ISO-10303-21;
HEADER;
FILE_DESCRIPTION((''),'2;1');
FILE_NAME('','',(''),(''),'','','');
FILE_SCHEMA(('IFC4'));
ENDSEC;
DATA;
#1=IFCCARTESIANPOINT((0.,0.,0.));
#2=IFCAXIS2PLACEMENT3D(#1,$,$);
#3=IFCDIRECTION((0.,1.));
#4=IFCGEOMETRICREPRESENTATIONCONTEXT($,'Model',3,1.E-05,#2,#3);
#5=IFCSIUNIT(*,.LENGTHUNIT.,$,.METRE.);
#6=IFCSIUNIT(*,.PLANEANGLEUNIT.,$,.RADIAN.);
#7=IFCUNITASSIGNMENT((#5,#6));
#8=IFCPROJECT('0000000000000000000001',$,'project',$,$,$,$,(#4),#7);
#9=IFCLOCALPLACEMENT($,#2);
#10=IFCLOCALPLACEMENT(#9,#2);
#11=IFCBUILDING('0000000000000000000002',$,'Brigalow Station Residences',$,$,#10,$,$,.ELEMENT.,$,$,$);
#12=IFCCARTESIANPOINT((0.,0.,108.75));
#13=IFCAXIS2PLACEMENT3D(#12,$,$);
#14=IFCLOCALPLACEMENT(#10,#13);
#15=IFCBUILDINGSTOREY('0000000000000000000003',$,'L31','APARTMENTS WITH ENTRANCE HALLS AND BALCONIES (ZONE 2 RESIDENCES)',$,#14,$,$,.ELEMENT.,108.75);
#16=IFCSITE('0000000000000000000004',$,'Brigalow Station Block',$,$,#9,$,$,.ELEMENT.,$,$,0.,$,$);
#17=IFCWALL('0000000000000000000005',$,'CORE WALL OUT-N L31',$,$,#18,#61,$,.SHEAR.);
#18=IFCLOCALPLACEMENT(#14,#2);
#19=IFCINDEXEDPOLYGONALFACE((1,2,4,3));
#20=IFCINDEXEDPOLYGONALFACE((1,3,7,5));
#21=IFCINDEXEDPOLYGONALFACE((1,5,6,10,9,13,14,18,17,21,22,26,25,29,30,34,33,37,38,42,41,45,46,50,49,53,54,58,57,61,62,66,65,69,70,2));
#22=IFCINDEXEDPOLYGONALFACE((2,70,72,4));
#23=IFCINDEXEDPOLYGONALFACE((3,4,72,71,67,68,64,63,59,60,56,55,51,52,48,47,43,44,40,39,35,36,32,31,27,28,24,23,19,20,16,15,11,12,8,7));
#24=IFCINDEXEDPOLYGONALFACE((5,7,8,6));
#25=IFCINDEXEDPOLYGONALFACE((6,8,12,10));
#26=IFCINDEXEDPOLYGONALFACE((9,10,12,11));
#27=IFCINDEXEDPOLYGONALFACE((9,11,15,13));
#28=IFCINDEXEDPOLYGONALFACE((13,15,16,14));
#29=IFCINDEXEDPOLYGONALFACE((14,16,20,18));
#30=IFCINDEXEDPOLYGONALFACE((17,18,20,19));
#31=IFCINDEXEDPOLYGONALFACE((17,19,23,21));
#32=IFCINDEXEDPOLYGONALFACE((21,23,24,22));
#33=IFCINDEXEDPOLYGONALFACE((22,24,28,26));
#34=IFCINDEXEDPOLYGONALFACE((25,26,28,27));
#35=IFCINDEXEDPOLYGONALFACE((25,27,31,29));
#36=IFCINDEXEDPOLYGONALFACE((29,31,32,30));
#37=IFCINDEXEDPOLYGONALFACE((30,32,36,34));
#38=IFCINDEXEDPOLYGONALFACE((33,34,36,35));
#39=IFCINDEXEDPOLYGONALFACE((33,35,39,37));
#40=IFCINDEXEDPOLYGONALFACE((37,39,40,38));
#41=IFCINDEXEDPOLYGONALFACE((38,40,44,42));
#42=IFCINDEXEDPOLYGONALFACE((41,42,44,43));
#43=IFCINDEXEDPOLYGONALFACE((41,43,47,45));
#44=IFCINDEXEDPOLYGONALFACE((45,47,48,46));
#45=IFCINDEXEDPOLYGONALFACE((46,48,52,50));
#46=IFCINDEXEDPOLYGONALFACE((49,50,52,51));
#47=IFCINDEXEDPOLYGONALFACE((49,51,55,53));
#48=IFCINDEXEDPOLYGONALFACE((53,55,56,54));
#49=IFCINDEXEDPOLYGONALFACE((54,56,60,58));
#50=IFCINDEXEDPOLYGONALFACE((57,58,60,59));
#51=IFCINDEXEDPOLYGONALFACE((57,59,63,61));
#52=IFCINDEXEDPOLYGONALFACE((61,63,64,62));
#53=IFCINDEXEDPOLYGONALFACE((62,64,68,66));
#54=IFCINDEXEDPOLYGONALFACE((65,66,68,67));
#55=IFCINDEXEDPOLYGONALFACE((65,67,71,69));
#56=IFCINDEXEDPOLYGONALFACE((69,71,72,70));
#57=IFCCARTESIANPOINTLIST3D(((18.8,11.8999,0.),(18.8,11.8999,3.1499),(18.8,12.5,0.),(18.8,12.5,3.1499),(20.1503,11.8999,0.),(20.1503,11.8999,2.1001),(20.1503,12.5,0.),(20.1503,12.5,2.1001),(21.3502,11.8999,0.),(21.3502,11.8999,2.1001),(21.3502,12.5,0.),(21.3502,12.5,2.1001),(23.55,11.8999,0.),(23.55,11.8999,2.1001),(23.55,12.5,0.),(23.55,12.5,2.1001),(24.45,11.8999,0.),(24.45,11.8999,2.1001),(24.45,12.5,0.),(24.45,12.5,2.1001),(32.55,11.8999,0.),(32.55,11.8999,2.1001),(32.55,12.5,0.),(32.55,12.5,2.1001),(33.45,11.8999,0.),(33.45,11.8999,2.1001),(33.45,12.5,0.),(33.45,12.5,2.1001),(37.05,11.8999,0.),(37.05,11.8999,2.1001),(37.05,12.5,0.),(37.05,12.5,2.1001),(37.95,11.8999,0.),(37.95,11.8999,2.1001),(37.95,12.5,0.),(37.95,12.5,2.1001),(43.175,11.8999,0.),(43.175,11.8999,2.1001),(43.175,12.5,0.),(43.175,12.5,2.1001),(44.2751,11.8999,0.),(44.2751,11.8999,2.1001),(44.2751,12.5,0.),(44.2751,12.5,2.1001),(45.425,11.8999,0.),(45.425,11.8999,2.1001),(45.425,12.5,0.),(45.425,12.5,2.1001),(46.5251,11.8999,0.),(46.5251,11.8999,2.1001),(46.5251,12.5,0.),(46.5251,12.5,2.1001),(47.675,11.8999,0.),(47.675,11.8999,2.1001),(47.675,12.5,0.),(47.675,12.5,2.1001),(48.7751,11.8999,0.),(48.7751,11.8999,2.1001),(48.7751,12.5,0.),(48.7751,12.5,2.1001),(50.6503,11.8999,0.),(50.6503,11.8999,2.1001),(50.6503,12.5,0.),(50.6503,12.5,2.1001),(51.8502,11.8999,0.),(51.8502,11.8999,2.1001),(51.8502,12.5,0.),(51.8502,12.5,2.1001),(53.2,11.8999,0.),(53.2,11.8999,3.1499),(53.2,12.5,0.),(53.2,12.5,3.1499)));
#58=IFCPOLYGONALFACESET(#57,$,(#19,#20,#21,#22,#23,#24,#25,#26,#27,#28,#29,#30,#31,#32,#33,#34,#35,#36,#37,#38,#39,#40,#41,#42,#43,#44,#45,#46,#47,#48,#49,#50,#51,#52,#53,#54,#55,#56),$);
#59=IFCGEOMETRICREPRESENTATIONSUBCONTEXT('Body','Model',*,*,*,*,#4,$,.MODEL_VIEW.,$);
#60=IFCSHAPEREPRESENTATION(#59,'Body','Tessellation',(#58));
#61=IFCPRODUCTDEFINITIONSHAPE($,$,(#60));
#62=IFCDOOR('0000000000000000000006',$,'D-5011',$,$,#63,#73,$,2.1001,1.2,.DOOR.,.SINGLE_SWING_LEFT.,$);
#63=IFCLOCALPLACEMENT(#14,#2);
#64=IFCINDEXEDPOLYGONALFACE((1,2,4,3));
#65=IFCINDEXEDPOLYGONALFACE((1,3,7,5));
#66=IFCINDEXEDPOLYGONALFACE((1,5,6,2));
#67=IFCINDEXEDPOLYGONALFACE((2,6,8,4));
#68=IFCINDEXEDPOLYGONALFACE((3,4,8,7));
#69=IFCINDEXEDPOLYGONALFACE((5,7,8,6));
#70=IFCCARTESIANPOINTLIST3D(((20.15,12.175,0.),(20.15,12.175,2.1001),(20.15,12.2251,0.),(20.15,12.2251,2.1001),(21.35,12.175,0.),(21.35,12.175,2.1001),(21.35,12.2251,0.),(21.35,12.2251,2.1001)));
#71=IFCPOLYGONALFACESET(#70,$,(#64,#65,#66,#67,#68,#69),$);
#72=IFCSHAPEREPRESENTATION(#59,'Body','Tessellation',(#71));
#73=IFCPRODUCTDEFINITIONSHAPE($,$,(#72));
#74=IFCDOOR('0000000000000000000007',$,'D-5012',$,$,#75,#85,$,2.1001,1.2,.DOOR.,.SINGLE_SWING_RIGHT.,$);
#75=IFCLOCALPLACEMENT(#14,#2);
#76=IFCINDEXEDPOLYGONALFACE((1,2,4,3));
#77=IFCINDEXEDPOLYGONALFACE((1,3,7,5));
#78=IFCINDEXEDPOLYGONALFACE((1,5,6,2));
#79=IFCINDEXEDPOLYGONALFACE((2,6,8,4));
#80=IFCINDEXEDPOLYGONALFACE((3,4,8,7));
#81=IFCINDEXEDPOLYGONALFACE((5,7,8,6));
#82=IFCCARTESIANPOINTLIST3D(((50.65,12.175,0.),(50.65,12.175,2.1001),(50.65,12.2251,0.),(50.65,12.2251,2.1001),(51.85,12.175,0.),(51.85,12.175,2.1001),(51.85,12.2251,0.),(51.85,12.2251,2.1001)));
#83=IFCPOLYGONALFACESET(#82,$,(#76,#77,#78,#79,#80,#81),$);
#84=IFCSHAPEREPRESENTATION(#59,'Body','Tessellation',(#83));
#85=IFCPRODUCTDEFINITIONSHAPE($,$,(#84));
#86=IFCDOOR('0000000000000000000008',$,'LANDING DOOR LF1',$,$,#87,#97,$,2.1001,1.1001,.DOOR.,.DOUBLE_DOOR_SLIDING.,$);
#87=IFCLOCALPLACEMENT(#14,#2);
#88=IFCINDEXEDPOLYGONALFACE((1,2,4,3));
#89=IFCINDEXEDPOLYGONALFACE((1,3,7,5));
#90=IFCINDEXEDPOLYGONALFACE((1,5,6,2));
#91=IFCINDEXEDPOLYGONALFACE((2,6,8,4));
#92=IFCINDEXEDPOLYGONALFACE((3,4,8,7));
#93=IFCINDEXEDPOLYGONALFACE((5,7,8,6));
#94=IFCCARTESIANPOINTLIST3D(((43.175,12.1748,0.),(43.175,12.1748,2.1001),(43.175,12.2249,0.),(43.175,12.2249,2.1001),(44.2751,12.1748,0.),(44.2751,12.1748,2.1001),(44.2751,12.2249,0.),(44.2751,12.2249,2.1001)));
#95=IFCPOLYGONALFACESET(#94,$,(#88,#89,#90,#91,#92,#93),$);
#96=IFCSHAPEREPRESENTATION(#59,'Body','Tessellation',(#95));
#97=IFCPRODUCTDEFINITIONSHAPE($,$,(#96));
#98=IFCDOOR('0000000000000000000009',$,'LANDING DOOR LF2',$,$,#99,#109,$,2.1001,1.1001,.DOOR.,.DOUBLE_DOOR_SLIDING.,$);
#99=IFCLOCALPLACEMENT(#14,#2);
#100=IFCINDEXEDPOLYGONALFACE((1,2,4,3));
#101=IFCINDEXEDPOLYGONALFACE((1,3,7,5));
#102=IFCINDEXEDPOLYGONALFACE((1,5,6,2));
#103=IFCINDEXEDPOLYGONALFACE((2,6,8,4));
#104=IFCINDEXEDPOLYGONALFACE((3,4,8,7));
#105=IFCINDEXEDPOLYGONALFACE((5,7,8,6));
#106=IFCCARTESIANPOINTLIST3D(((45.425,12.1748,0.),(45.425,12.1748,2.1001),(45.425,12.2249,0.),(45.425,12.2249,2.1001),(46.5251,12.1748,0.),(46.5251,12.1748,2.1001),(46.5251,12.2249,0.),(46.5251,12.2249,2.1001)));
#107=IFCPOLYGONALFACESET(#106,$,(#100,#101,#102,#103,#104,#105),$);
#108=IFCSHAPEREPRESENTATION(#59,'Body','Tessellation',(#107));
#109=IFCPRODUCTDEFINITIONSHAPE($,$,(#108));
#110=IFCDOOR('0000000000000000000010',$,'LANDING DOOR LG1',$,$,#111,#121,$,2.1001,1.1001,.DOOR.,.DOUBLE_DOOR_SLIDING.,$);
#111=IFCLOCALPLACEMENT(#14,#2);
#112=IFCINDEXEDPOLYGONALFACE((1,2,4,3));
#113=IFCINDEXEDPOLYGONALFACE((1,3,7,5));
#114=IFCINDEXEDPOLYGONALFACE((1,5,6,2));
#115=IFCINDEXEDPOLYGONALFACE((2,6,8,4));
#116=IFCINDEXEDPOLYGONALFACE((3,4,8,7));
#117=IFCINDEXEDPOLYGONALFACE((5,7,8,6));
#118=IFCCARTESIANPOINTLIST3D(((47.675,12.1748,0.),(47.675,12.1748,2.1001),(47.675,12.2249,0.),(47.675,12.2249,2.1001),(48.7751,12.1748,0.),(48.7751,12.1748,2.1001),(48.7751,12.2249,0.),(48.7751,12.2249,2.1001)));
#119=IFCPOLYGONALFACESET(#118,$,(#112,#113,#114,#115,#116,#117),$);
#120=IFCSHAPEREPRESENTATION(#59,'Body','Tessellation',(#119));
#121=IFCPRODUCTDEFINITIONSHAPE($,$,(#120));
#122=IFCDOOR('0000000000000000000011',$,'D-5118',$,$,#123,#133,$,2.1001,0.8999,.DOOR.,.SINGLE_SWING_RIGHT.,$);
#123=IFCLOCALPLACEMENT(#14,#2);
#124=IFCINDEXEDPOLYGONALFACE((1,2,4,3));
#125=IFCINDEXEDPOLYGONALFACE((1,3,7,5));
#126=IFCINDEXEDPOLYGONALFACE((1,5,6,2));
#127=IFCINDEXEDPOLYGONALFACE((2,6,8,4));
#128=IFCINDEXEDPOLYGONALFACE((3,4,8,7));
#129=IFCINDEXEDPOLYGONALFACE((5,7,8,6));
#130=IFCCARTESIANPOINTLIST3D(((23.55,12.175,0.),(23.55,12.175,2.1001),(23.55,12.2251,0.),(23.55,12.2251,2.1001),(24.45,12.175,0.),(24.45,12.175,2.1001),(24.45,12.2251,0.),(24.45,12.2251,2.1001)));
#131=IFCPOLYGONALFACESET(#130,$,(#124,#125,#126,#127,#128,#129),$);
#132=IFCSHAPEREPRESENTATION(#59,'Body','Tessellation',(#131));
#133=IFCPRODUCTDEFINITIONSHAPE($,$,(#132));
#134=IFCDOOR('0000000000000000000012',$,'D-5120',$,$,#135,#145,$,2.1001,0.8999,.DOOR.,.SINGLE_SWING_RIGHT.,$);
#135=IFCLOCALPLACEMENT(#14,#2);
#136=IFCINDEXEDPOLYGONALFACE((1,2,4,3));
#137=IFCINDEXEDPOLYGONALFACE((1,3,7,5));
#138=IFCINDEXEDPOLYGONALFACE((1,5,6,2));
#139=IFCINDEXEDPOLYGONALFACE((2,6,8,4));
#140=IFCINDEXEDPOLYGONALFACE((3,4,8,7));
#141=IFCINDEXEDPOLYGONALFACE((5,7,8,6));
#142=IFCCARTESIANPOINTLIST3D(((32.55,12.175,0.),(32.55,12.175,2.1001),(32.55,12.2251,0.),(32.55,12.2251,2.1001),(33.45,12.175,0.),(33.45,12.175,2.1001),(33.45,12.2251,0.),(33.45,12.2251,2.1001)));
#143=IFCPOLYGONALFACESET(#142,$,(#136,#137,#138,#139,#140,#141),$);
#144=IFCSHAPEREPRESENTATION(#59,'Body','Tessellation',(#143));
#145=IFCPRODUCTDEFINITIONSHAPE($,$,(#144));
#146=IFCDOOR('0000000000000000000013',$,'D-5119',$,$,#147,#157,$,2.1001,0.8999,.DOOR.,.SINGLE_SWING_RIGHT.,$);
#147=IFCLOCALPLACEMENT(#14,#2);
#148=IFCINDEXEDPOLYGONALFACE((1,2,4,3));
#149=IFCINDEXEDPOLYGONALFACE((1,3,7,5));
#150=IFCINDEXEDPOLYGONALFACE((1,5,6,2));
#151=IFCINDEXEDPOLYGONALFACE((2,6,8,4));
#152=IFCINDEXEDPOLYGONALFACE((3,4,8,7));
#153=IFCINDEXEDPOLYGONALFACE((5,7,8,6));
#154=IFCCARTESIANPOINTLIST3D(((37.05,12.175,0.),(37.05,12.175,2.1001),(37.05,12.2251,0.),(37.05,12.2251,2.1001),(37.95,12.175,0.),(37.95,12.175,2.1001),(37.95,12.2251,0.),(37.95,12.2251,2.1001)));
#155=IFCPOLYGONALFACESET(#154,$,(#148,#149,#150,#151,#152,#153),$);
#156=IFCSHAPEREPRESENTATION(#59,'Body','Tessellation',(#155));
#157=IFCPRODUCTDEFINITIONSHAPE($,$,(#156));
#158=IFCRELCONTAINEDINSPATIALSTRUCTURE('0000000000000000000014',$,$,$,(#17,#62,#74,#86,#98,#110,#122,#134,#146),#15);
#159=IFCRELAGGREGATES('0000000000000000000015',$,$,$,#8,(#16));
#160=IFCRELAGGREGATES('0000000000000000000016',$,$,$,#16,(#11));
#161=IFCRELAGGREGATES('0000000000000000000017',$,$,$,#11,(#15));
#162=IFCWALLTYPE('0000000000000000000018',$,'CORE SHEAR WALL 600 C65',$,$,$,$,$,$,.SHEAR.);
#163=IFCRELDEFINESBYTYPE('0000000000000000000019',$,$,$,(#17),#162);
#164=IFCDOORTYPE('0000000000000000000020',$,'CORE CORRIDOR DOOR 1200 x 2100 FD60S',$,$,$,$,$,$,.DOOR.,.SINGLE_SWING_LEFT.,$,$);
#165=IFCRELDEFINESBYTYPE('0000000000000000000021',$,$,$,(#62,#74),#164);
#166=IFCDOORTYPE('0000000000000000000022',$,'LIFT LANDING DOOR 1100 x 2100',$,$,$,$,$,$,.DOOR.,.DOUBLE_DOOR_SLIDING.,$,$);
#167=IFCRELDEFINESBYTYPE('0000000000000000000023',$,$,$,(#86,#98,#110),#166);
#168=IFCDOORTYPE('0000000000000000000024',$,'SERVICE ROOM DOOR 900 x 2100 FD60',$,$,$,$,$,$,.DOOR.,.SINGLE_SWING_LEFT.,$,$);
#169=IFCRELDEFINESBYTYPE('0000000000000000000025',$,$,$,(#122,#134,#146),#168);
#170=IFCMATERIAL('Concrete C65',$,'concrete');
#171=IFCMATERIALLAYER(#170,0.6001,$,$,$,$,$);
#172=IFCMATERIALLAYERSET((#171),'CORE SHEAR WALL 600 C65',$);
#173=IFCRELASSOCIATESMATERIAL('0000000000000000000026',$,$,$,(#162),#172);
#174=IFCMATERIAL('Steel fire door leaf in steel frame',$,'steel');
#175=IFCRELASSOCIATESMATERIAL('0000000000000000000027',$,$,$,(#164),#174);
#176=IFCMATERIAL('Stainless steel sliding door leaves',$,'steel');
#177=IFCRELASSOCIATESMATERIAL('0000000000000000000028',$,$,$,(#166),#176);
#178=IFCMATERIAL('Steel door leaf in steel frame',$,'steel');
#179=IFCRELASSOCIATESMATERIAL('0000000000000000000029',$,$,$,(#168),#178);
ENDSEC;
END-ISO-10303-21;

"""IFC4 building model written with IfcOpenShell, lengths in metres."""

from ifc_helpers import new_model, si_unit, direction, frame, frame_2d, origin, place, context, subcontext, project, spatial, rectangle, extrude, material, layer, layer_set, type_object, element, fill, save


model = new_model("IFC4")

# Units and contexts
model_context = context("Model", 3, precision=1e-05, world=origin(), true_north=direction((0.0, 1.0)))
body_context = subcontext(model_context, "Body", "Model", "MODEL_VIEW")
ifc_project = project(units=[si_unit("LENGTHUNIT", "METRE"), si_unit("PLANEANGLEUNIT", "RADIAN")], contexts=[model_context])

# Site, building, storey
site_placement = place(None, origin())
site = spatial("IfcSite", under=ifc_project, at=site_placement, Name="Brigalow Station Block", CompositionType="ELEMENT", RefElevation=0.0)
building_placement = place(site_placement, origin())
building = spatial("IfcBuilding", under=site, at=building_placement, Name="Brigalow Station Residences", CompositionType="ELEMENT")
storey_placement = place(building_placement, frame((0.0, 0.0, 108.75)))
storey = spatial("IfcBuildingStorey", under=building, at=storey_placement, Name="L31", Description="APARTMENTS WITH ENTRANCE HALLS AND BALCONIES (ZONE 2 RESIDENCES)", CompositionType="ELEMENT", Elevation=108.75)

# Wall, openings, doors
ifc_material_1 = material(Name="Concrete C65", Category="concrete")
ifc_layer_1 = layer(ifc_material_1, 0.6001)
ifc_layer_set_1 = layer_set([ifc_layer_1], Name="CORE SHEAR WALL 600 C65")
wall_type_1 = type_object("IfcWallType", Name="CORE SHEAR WALL 600 C65", PredefinedType="SHEAR", material=ifc_layer_set_1)
wall_1_placement = place(storey_placement, frame((18.8, 12.2, 0.0), z_axis=(0.0, 0.0, 1.0), x_axis=(1.0, 0.0, 0.0)))
wall_1 = element("IfcWall", 1, at=wall_1_placement, inside=storey, type_object=wall_type_1, Name="CORE WALL OUT-N L31", PredefinedType="SHEAR", context=body_context, shape_type="SweptSolid", body=[
    extrude(rectangle(XDim=34.3999, YDim=0.6001, at=frame_2d((17.2, 0.0))), origin(), (0.0, 0.0, 1.0), 3.1499),
])
opening_1_placement = place(wall_1_placement, frame((24.375, 0.0, 0.0)))
opening_1 = element("IfcOpeningElement", 2, at=opening_1_placement, cuts=wall_1, PredefinedType="OPENING", context=body_context, shape_type="SweptSolid", body=[
    extrude(rectangle(XDim=1.1001, YDim=2.1001, at=frame_2d((0.55, 1.05))), frame((0.0, 0.3101, 0.0), z_axis=(0.0, -1.0, 0.0), x_axis=(1.0, 0.0, 0.0)), (0.0, 0.0, 1.0), 0.6201),
])
opening_2_placement = place(wall_1_placement, frame((26.625, 0.0, 0.0)))
opening_2 = element("IfcOpeningElement", 3, at=opening_2_placement, cuts=wall_1, PredefinedType="OPENING", context=body_context, shape_type="SweptSolid", body=[
    extrude(rectangle(XDim=1.1001, YDim=2.1001, at=frame_2d((0.55, 1.05))), frame((0.0, 0.3101, 0.0), z_axis=(0.0, -1.0, 0.0), x_axis=(1.0, 0.0, 0.0)), (0.0, 0.0, 1.0), 0.6201),
])
opening_3_placement = place(wall_1_placement, frame((28.875, 0.0, 0.0)))
opening_3 = element("IfcOpeningElement", 4, at=opening_3_placement, cuts=wall_1, PredefinedType="OPENING", context=body_context, shape_type="SweptSolid", body=[
    extrude(rectangle(XDim=1.1001, YDim=2.1001, at=frame_2d((0.55, 1.05))), frame((0.0, 0.3101, 0.0), z_axis=(0.0, -1.0, 0.0), x_axis=(1.0, 0.0, 0.0)), (0.0, 0.0, 1.0), 0.6201),
])
opening_4_placement = place(wall_1_placement, frame((4.75, 0.0, 0.0)))
opening_4 = element("IfcOpeningElement", 5, at=opening_4_placement, cuts=wall_1, PredefinedType="OPENING", context=body_context, shape_type="SweptSolid", body=[
    extrude(rectangle(XDim=0.8999, YDim=2.1001, at=frame_2d((0.45, 1.05))), frame((0.0, 0.3101, 0.0), z_axis=(0.0, -1.0, 0.0), x_axis=(1.0, 0.0, 0.0)), (0.0, 0.0, 1.0), 0.6201),
])
opening_5_placement = place(wall_1_placement, frame((13.75, 0.0, 0.0)))
opening_5 = element("IfcOpeningElement", 6, at=opening_5_placement, cuts=wall_1, PredefinedType="OPENING", context=body_context, shape_type="SweptSolid", body=[
    extrude(rectangle(XDim=0.8999, YDim=2.1001, at=frame_2d((0.45, 1.05))), frame((0.0, 0.3101, 0.0), z_axis=(0.0, -1.0, 0.0), x_axis=(1.0, 0.0, 0.0)), (0.0, 0.0, 1.0), 0.6201),
])
opening_6_placement = place(wall_1_placement, frame((18.25, 0.0, 0.0)))
opening_6 = element("IfcOpeningElement", 7, at=opening_6_placement, cuts=wall_1, PredefinedType="OPENING", context=body_context, shape_type="SweptSolid", body=[
    extrude(rectangle(XDim=0.8999, YDim=2.1001, at=frame_2d((0.45, 1.05))), frame((0.0, 0.3101, 0.0), z_axis=(0.0, -1.0, 0.0), x_axis=(1.0, 0.0, 0.0)), (0.0, 0.0, 1.0), 0.6201),
])
opening_7_placement = place(wall_1_placement, frame((1.3501, 0.0, 0.0)))
opening_7 = element("IfcOpeningElement", 8, at=opening_7_placement, cuts=wall_1, PredefinedType="OPENING", context=body_context, shape_type="SweptSolid", body=[
    extrude(rectangle(XDim=1.2, YDim=2.1001, at=frame_2d((0.6001, 1.05))), frame((0.0, 0.3101, 0.0), z_axis=(0.0, -1.0, 0.0), x_axis=(1.0, 0.0, 0.0)), (0.0, 0.0, 1.0), 0.6201),
])
opening_8_placement = place(wall_1_placement, frame((31.8501, 0.0, 0.0)))
opening_8 = element("IfcOpeningElement", 9, at=opening_8_placement, cuts=wall_1, PredefinedType="OPENING", context=body_context, shape_type="SweptSolid", body=[
    extrude(rectangle(XDim=1.2, YDim=2.1001, at=frame_2d((0.6001, 1.05))), frame((0.0, 0.3101, 0.0), z_axis=(0.0, -1.0, 0.0), x_axis=(1.0, 0.0, 0.0)), (0.0, 0.0, 1.0), 0.6201),
])
ifc_material_2 = material(Name="Steel fire door leaf in steel frame", Category="steel")
door_type_1 = type_object("IfcDoorType", Name="CORE CORRIDOR DOOR 1200 x 2100 FD60S", OperationType="SINGLE_SWING_LEFT", PredefinedType="DOOR", material=ifc_material_2)
door_1_placement = place(opening_7_placement, frame((1.2, 0.0, 0.0), z_axis=(0.0, 0.0, 1.0), x_axis=(-1.0, 0.0, 0.0)))
door_1 = element("IfcDoor", 10, at=door_1_placement, inside=storey, type_object=door_type_1, Name="D-5011", OperationType="SINGLE_SWING_LEFT", OverallHeight=2.1001, OverallWidth=1.2, PredefinedType="DOOR", context=body_context, shape_type="SweptSolid", body=[
    extrude(rectangle(XDim=1.2, YDim=2.1001, at=frame_2d((0.6001, 1.05))), frame((0.0, 0.0249, 0.0), z_axis=(0.0, -1.0, 0.0), x_axis=(1.0, 0.0, 0.0)), (0.0, 0.0, 1.0), 0.05),
])
fill(opening_7, door_1)
door_2_placement = place(opening_8_placement, frame((1.2, 0.0, 0.0), z_axis=(0.0, 0.0, 1.0), x_axis=(-1.0, 0.0, 0.0)))
door_2 = element("IfcDoor", 11, at=door_2_placement, inside=storey, type_object=door_type_1, Name="D-5012", OperationType="SINGLE_SWING_RIGHT", OverallHeight=2.1001, OverallWidth=1.2, PredefinedType="DOOR", context=body_context, shape_type="SweptSolid", body=[
    extrude(rectangle(XDim=1.2, YDim=2.1001, at=frame_2d((0.6001, 1.05))), frame((0.0, 0.0249, 0.0), z_axis=(0.0, -1.0, 0.0), x_axis=(1.0, 0.0, 0.0)), (0.0, 0.0, 1.0), 0.05),
])
fill(opening_8, door_2)
ifc_material_3 = material(Name="Stainless steel sliding door leaves", Category="steel")
door_type_2 = type_object("IfcDoorType", Name="LIFT LANDING DOOR 1100 x 2100", OperationType="DOUBLE_DOOR_SLIDING", PredefinedType="DOOR", material=ifc_material_3)
door_3_placement = place(opening_1_placement, origin())
door_3 = element("IfcDoor", 12, at=door_3_placement, inside=storey, type_object=door_type_2, Name="LANDING DOOR LF1", OperationType="DOUBLE_DOOR_SLIDING", OverallHeight=2.1001, OverallWidth=1.1001, PredefinedType="DOOR", context=body_context, shape_type="SweptSolid", body=[
    extrude(rectangle(XDim=1.1001, YDim=2.1001, at=frame_2d((0.55, 1.05))), frame((0.0, 0.0249, 0.0), z_axis=(0.0, -1.0, 0.0), x_axis=(1.0, 0.0, 0.0)), (0.0, 0.0, 1.0), 0.05),
])
fill(opening_1, door_3)
door_4_placement = place(opening_2_placement, origin())
door_4 = element("IfcDoor", 13, at=door_4_placement, inside=storey, type_object=door_type_2, Name="LANDING DOOR LF2", OperationType="DOUBLE_DOOR_SLIDING", OverallHeight=2.1001, OverallWidth=1.1001, PredefinedType="DOOR", context=body_context, shape_type="SweptSolid", body=[
    extrude(rectangle(XDim=1.1001, YDim=2.1001, at=frame_2d((0.55, 1.05))), frame((0.0, 0.0249, 0.0), z_axis=(0.0, -1.0, 0.0), x_axis=(1.0, 0.0, 0.0)), (0.0, 0.0, 1.0), 0.05),
])
fill(opening_2, door_4)
door_5_placement = place(opening_3_placement, origin())
door_5 = element("IfcDoor", 14, at=door_5_placement, inside=storey, type_object=door_type_2, Name="LANDING DOOR LG1", OperationType="DOUBLE_DOOR_SLIDING", OverallHeight=2.1001, OverallWidth=1.1001, PredefinedType="DOOR", context=body_context, shape_type="SweptSolid", body=[
    extrude(rectangle(XDim=1.1001, YDim=2.1001, at=frame_2d((0.55, 1.05))), frame((0.0, 0.0249, 0.0), z_axis=(0.0, -1.0, 0.0), x_axis=(1.0, 0.0, 0.0)), (0.0, 0.0, 1.0), 0.05),
])
fill(opening_3, door_5)
ifc_material_4 = material(Name="Steel door leaf in steel frame", Category="steel")
door_type_3 = type_object("IfcDoorType", Name="SERVICE ROOM DOOR 900 x 2100 FD60", OperationType="SINGLE_SWING_LEFT", PredefinedType="DOOR", material=ifc_material_4)
door_6_placement = place(opening_4_placement, frame((0.8999, 0.0, 0.0), z_axis=(0.0, 0.0, 1.0), x_axis=(-1.0, 0.0, 0.0)))
door_6 = element("IfcDoor", 15, at=door_6_placement, inside=storey, type_object=door_type_3, Name="D-5118", OperationType="SINGLE_SWING_RIGHT", OverallHeight=2.1001, OverallWidth=0.8999, PredefinedType="DOOR", context=body_context, shape_type="SweptSolid", body=[
    extrude(rectangle(XDim=0.8999, YDim=2.1001, at=frame_2d((0.45, 1.05))), frame((0.0, 0.0249, 0.0), z_axis=(0.0, -1.0, 0.0), x_axis=(1.0, 0.0, 0.0)), (0.0, 0.0, 1.0), 0.05),
])
fill(opening_4, door_6)
door_7_placement = place(opening_5_placement, frame((0.8999, 0.0, 0.0), z_axis=(0.0, 0.0, 1.0), x_axis=(-1.0, 0.0, 0.0)))
door_7 = element("IfcDoor", 16, at=door_7_placement, inside=storey, type_object=door_type_3, Name="D-5120", OperationType="SINGLE_SWING_RIGHT", OverallHeight=2.1001, OverallWidth=0.8999, PredefinedType="DOOR", context=body_context, shape_type="SweptSolid", body=[
    extrude(rectangle(XDim=0.8999, YDim=2.1001, at=frame_2d((0.45, 1.05))), frame((0.0, 0.0249, 0.0), z_axis=(0.0, -1.0, 0.0), x_axis=(1.0, 0.0, 0.0)), (0.0, 0.0, 1.0), 0.05),
])
fill(opening_5, door_7)
door_8_placement = place(opening_6_placement, frame((0.8999, 0.0, 0.0), z_axis=(0.0, 0.0, 1.0), x_axis=(-1.0, 0.0, 0.0)))
door_8 = element("IfcDoor", 17, at=door_8_placement, inside=storey, type_object=door_type_3, Name="D-5119", OperationType="SINGLE_SWING_RIGHT", OverallHeight=2.1001, OverallWidth=0.8999, PredefinedType="DOOR", context=body_context, shape_type="SweptSolid", body=[
    extrude(rectangle(XDim=0.8999, YDim=2.1001, at=frame_2d((0.45, 1.05))), frame((0.0, 0.0249, 0.0), z_axis=(0.0, -1.0, 0.0), x_axis=(1.0, 0.0, 0.0)), (0.0, 0.0, 1.0), 0.05),
])
fill(opening_6, door_8)

save(model, "model.ifc")
